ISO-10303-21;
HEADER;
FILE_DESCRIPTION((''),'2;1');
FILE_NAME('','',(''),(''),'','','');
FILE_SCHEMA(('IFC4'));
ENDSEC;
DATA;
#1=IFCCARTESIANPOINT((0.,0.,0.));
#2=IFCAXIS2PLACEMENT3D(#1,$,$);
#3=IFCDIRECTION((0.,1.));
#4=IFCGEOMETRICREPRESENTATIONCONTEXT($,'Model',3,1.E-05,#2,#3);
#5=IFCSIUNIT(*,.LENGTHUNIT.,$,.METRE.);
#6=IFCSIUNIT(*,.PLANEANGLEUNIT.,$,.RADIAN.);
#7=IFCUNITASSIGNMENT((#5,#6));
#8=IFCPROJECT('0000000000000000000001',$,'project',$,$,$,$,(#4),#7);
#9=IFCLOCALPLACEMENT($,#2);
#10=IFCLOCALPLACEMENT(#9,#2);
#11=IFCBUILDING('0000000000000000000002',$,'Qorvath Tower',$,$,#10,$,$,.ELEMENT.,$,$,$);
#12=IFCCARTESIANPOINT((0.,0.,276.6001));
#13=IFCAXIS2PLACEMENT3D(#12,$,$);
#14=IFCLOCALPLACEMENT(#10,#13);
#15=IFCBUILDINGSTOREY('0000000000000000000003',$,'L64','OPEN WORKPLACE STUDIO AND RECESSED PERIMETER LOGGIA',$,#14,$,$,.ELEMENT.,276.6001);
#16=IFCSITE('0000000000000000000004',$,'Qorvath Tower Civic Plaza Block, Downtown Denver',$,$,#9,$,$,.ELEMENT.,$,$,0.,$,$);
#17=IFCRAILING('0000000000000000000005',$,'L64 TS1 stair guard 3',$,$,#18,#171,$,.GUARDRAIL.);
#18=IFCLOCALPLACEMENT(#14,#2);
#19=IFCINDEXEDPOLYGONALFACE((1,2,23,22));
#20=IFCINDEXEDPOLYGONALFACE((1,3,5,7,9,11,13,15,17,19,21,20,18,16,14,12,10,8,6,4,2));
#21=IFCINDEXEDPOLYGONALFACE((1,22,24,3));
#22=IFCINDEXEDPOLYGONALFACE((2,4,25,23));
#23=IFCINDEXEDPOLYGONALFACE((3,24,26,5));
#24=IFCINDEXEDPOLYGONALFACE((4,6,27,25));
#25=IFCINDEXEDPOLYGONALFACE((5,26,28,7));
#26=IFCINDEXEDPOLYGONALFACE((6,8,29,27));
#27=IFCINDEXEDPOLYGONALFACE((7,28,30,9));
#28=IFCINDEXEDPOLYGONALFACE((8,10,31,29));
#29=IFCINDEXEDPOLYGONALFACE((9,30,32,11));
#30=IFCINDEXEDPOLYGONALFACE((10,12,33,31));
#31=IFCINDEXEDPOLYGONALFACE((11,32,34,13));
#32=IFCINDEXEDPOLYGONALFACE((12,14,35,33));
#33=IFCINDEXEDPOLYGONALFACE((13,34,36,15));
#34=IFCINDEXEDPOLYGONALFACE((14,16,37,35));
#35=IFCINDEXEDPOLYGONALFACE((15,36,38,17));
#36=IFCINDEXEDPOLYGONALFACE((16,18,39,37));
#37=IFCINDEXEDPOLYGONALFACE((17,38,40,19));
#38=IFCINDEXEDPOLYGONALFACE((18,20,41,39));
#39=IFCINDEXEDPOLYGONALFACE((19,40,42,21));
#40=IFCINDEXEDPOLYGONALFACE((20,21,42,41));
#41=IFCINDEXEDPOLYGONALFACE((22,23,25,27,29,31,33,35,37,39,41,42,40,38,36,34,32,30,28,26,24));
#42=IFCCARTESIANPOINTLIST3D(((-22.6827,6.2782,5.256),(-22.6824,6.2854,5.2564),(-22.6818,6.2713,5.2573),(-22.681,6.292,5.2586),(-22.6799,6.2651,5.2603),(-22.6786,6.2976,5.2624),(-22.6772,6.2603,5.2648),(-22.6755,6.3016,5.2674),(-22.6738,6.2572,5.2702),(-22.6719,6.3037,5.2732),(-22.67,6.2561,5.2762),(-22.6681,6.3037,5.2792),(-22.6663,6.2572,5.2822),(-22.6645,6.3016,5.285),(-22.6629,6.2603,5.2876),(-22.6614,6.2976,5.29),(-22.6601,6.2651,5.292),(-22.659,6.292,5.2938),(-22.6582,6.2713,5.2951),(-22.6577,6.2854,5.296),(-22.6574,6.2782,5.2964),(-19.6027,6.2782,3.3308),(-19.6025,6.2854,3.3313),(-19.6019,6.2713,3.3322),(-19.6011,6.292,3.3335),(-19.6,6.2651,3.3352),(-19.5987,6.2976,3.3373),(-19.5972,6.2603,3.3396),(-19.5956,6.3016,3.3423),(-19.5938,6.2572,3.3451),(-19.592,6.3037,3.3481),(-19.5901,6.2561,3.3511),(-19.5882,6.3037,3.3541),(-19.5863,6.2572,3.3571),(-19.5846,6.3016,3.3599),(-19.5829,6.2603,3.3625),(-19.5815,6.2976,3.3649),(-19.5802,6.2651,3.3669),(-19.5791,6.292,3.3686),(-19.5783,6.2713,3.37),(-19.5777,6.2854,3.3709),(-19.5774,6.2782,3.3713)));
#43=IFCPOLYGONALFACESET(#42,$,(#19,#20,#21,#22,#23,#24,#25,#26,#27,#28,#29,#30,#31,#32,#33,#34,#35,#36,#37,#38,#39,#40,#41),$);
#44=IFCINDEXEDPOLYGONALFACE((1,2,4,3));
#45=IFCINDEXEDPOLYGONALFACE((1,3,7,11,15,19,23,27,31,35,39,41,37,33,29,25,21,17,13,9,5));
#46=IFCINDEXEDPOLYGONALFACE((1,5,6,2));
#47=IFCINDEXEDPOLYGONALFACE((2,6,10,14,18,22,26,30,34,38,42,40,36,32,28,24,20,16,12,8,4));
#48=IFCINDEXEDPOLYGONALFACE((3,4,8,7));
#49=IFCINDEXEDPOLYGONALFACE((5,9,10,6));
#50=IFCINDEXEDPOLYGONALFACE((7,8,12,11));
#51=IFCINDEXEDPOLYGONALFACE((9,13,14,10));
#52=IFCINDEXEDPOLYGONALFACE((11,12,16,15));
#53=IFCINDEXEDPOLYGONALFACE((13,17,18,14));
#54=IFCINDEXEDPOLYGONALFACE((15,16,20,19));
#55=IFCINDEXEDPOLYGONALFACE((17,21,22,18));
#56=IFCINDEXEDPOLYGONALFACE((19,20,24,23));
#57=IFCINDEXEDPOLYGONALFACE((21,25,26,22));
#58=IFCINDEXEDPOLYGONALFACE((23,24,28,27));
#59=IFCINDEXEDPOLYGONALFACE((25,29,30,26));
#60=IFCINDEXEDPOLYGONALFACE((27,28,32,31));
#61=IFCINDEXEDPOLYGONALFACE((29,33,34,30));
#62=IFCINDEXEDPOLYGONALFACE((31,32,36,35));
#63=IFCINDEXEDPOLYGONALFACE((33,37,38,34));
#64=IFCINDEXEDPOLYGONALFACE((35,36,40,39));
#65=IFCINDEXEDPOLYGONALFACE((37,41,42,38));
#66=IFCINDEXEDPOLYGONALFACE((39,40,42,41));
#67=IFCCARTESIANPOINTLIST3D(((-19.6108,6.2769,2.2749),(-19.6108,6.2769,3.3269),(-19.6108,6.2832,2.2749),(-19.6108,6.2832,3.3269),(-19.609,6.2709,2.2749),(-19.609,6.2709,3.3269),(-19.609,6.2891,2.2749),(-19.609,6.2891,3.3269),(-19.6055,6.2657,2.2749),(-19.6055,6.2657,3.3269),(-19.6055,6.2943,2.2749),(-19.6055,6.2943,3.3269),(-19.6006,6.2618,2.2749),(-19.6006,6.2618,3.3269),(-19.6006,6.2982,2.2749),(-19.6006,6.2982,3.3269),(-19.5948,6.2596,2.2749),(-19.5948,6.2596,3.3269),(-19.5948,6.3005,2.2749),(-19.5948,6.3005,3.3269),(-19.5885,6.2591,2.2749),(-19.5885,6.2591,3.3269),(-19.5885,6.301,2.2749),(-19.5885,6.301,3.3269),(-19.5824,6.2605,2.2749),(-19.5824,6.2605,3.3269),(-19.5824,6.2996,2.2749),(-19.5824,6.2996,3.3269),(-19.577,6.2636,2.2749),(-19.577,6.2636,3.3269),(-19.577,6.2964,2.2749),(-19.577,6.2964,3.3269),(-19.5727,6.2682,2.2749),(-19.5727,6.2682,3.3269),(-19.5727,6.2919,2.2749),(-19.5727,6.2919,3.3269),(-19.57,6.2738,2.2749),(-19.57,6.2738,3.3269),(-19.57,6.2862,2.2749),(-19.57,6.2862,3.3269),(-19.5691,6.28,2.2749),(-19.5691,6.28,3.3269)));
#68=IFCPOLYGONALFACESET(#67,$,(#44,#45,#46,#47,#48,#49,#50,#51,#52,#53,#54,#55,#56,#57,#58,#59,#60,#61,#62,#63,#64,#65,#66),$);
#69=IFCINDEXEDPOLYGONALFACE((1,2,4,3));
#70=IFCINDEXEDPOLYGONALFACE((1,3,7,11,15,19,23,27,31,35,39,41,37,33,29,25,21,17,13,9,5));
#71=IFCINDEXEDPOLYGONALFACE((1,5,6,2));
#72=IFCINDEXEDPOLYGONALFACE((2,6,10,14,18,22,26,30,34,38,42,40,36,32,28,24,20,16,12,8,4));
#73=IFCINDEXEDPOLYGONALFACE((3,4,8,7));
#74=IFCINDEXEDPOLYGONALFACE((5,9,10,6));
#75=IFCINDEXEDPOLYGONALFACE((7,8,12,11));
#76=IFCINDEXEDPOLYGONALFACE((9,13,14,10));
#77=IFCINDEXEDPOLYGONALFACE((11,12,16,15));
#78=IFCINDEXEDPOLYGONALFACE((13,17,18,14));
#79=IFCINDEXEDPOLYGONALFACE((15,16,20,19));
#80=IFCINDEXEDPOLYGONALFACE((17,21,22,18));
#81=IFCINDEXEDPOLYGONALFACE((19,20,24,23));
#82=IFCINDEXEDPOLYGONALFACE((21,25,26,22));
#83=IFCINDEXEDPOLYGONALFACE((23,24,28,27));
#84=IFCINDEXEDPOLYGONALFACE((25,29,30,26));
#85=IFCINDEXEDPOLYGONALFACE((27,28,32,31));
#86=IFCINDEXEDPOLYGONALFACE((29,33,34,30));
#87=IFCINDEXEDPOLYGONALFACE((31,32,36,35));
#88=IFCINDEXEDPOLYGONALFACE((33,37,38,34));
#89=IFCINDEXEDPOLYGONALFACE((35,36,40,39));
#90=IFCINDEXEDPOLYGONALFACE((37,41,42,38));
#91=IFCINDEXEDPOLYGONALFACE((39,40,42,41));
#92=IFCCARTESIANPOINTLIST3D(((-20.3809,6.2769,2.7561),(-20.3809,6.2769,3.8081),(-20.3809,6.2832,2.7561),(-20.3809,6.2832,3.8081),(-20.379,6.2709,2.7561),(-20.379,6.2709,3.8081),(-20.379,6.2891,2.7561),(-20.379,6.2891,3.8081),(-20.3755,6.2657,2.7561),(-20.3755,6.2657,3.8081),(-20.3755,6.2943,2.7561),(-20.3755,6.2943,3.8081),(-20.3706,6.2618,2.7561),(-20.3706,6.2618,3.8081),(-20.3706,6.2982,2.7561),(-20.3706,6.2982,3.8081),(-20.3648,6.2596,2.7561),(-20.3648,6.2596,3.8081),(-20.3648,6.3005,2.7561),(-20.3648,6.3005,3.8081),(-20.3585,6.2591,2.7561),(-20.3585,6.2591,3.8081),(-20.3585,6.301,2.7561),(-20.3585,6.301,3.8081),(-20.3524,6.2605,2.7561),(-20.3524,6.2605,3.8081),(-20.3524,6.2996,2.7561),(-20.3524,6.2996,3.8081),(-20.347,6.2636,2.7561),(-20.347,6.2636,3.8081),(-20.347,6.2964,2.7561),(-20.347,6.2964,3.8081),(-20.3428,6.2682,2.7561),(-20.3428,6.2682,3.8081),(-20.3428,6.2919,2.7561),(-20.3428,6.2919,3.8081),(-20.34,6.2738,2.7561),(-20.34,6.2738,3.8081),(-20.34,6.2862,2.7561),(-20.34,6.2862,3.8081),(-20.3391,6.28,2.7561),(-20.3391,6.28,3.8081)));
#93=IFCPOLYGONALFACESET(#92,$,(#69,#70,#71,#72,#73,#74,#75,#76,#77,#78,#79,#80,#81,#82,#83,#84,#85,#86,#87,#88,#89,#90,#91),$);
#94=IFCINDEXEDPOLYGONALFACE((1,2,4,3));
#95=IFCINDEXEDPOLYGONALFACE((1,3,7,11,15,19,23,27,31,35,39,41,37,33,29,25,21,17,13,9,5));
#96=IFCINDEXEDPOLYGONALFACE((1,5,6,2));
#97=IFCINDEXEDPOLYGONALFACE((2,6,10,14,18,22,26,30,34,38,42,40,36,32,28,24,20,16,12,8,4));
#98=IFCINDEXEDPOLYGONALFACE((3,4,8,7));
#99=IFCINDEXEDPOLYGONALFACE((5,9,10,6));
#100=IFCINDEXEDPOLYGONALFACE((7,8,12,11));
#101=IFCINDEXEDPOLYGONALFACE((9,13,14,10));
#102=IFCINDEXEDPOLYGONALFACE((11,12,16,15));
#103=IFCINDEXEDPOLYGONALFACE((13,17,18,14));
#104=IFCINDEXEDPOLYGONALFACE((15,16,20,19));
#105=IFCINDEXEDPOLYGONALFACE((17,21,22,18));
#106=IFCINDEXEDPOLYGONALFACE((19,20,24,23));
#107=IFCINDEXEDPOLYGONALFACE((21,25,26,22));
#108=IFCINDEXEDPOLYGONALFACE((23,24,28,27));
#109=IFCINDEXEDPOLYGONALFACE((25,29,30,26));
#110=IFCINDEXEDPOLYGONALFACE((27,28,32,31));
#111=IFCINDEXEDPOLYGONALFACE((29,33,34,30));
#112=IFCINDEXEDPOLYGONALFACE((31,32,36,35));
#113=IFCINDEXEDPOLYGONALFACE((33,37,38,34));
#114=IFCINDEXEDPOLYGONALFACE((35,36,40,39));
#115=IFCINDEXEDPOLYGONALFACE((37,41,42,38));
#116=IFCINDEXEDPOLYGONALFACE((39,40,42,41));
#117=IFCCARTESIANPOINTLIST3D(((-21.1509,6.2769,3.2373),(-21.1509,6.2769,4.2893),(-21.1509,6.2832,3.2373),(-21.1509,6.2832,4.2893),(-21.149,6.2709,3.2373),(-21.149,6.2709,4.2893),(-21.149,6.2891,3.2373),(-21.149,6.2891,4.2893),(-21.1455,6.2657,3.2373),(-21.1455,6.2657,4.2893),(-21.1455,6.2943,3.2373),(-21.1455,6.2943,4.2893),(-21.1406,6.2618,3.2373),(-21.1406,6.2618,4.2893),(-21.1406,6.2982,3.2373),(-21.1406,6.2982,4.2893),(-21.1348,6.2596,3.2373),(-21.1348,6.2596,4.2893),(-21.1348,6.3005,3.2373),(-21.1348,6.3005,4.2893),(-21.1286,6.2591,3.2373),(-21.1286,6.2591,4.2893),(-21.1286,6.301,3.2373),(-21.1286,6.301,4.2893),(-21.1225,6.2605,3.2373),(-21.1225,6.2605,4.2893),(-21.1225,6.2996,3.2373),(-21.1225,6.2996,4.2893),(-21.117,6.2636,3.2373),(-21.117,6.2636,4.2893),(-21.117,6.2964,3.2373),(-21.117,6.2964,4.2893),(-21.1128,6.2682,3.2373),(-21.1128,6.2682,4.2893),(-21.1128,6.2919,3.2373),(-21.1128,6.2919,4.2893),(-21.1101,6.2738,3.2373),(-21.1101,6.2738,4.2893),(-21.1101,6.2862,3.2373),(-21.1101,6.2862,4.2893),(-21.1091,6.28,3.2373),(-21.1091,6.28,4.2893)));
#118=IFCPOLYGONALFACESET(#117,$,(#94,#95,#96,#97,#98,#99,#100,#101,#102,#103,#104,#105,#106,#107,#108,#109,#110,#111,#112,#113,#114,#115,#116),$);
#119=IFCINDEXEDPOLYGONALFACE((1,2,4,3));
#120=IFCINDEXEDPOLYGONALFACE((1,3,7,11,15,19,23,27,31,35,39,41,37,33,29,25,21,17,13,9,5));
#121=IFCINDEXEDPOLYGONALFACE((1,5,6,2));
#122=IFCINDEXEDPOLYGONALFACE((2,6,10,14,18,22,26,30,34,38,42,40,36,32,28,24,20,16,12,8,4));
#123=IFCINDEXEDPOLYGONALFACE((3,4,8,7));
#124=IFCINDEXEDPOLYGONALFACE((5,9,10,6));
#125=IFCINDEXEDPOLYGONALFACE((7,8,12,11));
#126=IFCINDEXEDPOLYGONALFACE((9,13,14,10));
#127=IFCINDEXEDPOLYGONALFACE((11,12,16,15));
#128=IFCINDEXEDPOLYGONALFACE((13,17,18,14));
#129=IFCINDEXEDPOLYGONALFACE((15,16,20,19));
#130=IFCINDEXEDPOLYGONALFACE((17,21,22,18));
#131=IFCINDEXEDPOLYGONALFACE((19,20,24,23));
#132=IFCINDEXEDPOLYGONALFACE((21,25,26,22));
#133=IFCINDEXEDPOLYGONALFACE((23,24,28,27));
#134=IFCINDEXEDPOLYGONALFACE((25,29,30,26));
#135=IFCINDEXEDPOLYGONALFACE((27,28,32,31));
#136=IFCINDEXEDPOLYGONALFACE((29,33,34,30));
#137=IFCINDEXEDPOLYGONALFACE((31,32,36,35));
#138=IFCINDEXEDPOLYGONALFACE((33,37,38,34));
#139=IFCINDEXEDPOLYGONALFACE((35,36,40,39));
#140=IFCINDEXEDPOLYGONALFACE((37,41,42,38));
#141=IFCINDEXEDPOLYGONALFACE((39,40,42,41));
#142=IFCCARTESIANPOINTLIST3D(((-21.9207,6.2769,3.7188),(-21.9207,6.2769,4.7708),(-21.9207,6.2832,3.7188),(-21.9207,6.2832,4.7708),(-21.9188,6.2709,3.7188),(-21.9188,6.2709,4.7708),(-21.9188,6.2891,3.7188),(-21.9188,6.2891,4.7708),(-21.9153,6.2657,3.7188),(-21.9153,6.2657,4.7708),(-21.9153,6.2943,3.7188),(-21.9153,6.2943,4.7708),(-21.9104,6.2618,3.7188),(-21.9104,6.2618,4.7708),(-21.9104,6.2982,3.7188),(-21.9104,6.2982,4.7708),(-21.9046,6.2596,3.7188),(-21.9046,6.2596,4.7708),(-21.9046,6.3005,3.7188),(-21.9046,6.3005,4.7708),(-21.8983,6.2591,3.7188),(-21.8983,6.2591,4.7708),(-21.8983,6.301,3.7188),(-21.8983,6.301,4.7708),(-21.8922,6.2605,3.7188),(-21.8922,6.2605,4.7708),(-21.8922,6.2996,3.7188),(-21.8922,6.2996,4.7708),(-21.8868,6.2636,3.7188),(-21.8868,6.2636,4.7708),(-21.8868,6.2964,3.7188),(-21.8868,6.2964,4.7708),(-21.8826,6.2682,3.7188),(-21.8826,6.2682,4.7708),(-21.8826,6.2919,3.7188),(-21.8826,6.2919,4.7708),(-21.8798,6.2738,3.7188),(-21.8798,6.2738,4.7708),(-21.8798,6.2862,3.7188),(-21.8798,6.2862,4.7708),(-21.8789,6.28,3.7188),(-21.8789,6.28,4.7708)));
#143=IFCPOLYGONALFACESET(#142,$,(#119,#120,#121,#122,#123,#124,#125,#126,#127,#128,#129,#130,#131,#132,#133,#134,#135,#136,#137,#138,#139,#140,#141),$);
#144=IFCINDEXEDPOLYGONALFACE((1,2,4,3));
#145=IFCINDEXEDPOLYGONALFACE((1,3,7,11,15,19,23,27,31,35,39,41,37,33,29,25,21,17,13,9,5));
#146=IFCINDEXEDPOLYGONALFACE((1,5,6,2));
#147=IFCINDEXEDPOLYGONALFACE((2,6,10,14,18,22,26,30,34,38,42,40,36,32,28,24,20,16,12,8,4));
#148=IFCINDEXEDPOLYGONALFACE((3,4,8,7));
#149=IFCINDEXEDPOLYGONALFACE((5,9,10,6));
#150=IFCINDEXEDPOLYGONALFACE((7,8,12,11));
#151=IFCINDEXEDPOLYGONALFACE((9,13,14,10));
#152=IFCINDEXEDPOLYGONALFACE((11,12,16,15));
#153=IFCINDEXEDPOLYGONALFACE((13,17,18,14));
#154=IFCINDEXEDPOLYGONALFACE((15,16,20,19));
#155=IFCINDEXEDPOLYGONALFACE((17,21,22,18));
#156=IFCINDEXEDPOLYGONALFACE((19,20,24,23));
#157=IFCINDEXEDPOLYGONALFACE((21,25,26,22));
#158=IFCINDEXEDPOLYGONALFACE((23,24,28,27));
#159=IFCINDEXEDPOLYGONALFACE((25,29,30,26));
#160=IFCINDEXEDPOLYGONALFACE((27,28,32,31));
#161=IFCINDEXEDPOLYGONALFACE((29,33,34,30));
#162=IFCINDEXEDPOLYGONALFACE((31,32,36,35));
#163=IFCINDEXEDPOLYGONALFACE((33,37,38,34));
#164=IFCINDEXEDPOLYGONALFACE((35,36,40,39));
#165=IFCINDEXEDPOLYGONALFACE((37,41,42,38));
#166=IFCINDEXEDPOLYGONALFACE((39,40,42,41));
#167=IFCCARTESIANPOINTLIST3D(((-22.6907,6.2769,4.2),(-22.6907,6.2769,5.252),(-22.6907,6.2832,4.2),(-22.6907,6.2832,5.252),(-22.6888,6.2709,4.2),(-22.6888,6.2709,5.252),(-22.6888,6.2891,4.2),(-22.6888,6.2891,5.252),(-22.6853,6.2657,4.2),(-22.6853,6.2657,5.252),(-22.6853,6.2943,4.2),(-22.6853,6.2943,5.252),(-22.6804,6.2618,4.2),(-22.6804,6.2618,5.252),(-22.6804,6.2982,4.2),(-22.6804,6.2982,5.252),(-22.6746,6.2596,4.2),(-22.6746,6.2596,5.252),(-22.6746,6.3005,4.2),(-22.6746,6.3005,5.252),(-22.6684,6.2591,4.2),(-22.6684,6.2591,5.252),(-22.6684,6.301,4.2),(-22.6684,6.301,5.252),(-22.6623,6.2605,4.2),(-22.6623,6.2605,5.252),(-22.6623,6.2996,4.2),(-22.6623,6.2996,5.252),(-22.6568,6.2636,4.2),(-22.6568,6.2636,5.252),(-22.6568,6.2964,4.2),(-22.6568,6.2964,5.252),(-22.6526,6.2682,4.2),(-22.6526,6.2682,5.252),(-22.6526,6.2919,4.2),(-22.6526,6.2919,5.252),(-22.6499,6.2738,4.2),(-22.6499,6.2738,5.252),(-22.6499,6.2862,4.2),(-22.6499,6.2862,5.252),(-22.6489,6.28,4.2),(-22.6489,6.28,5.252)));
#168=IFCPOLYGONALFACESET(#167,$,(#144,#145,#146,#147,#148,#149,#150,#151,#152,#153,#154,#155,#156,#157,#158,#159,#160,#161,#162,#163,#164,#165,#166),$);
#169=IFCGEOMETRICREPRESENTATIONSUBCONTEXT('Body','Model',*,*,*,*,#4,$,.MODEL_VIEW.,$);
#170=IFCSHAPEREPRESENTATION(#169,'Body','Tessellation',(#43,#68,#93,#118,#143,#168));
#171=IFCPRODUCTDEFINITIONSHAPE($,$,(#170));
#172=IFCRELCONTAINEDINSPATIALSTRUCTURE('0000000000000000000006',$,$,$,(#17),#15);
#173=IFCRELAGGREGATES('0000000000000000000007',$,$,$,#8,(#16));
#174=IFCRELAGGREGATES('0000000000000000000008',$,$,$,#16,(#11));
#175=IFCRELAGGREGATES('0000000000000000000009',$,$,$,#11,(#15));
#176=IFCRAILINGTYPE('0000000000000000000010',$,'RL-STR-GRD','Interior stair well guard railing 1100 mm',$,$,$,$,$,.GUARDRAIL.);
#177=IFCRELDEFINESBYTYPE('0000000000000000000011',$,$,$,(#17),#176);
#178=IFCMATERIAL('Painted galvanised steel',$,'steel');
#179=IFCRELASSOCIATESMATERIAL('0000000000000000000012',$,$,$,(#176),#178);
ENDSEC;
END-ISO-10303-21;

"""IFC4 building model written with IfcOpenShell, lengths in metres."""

from ifc_helpers import new_model, si_unit, direction, frame, origin, origin_2d, place, context, subcontext, project, spatial, circle, extrude, material, type_object, element, save


model = new_model("IFC4")

# Units and contexts
model_context = context("Model", 3, precision=1e-05, world=origin(), true_north=direction((0.0, 1.0)))
body_context = subcontext(model_context, "Body", "Model", "MODEL_VIEW")
ifc_project = project(units=[si_unit("LENGTHUNIT", "METRE"), si_unit("PLANEANGLEUNIT", "RADIAN")], contexts=[model_context])

# Site, building, storey
site_placement = place(None, origin())
site = spatial("IfcSite", under=ifc_project, at=site_placement, Name="Qorvath Tower Civic Plaza Block, Downtown Denver", CompositionType="ELEMENT", RefElevation=0.0)
building_placement = place(site_placement, origin())
building = spatial("IfcBuilding", under=site, at=building_placement, Name="Qorvath Tower", CompositionType="ELEMENT")
storey_placement = place(building_placement, frame((0.0, 0.0, 276.6001)))
storey = spatial("IfcBuildingStorey", under=building, at=storey_placement, Name="L64", Description="OPEN WORKPLACE STUDIO AND RECESSED PERIMETER LOGGIA", CompositionType="ELEMENT", Elevation=276.6001)

# Railing
ifc_material_1 = material(Name="Painted galvanised steel", Category="steel")
railing_type_1 = type_object("IfcRailingType", Name="RL-STR-GRD", Description="Interior stair well guard railing 1100 mm", PredefinedType="GUARDRAIL", material=ifc_material_1)
railing_1_placement = place(storey_placement, frame((-19.5901, 6.28, 2.2749)))
element("IfcRailing", 1, at=railing_1_placement, inside=storey, type_object=railing_type_1, Name="L64 TS1 stair guard 3", PredefinedType="GUARDRAIL", context=body_context, shape_type="SweptSolid", body=[
    extrude(circle(Radius=0.0239, at=origin_2d()), frame((0.0, 0.0, 1.0762), z_axis=(-0.847979, 0.0, 0.530029), x_axis=(0.0, -1.0, 0.0)), (0.0, 0.0, 1.0), 3.6321),
    extrude(circle(Radius=0.021, at=origin_2d()), origin(), (0.0, 0.0, 1.0), 1.052),
    extrude(circle(Radius=0.021, at=origin_2d()), frame((-0.77, 0.0, 0.4812)), (0.0, 0.0, 1.0), 1.052),
    extrude(circle(Radius=0.021, at=origin_2d()), frame((-1.54, 0.0, 0.9624)), (0.0, 0.0, 1.0), 1.052),
    extrude(circle(Radius=0.021, at=origin_2d()), frame((-2.3098, 0.0, 1.4438)), (0.0, 0.0, 1.0), 1.052),
    extrude(circle(Radius=0.021, at=origin_2d()), frame((-3.0798, 0.0, 1.925)), (0.0, 0.0, 1.0), 1.052),
])

save(model, "model.ifc")
